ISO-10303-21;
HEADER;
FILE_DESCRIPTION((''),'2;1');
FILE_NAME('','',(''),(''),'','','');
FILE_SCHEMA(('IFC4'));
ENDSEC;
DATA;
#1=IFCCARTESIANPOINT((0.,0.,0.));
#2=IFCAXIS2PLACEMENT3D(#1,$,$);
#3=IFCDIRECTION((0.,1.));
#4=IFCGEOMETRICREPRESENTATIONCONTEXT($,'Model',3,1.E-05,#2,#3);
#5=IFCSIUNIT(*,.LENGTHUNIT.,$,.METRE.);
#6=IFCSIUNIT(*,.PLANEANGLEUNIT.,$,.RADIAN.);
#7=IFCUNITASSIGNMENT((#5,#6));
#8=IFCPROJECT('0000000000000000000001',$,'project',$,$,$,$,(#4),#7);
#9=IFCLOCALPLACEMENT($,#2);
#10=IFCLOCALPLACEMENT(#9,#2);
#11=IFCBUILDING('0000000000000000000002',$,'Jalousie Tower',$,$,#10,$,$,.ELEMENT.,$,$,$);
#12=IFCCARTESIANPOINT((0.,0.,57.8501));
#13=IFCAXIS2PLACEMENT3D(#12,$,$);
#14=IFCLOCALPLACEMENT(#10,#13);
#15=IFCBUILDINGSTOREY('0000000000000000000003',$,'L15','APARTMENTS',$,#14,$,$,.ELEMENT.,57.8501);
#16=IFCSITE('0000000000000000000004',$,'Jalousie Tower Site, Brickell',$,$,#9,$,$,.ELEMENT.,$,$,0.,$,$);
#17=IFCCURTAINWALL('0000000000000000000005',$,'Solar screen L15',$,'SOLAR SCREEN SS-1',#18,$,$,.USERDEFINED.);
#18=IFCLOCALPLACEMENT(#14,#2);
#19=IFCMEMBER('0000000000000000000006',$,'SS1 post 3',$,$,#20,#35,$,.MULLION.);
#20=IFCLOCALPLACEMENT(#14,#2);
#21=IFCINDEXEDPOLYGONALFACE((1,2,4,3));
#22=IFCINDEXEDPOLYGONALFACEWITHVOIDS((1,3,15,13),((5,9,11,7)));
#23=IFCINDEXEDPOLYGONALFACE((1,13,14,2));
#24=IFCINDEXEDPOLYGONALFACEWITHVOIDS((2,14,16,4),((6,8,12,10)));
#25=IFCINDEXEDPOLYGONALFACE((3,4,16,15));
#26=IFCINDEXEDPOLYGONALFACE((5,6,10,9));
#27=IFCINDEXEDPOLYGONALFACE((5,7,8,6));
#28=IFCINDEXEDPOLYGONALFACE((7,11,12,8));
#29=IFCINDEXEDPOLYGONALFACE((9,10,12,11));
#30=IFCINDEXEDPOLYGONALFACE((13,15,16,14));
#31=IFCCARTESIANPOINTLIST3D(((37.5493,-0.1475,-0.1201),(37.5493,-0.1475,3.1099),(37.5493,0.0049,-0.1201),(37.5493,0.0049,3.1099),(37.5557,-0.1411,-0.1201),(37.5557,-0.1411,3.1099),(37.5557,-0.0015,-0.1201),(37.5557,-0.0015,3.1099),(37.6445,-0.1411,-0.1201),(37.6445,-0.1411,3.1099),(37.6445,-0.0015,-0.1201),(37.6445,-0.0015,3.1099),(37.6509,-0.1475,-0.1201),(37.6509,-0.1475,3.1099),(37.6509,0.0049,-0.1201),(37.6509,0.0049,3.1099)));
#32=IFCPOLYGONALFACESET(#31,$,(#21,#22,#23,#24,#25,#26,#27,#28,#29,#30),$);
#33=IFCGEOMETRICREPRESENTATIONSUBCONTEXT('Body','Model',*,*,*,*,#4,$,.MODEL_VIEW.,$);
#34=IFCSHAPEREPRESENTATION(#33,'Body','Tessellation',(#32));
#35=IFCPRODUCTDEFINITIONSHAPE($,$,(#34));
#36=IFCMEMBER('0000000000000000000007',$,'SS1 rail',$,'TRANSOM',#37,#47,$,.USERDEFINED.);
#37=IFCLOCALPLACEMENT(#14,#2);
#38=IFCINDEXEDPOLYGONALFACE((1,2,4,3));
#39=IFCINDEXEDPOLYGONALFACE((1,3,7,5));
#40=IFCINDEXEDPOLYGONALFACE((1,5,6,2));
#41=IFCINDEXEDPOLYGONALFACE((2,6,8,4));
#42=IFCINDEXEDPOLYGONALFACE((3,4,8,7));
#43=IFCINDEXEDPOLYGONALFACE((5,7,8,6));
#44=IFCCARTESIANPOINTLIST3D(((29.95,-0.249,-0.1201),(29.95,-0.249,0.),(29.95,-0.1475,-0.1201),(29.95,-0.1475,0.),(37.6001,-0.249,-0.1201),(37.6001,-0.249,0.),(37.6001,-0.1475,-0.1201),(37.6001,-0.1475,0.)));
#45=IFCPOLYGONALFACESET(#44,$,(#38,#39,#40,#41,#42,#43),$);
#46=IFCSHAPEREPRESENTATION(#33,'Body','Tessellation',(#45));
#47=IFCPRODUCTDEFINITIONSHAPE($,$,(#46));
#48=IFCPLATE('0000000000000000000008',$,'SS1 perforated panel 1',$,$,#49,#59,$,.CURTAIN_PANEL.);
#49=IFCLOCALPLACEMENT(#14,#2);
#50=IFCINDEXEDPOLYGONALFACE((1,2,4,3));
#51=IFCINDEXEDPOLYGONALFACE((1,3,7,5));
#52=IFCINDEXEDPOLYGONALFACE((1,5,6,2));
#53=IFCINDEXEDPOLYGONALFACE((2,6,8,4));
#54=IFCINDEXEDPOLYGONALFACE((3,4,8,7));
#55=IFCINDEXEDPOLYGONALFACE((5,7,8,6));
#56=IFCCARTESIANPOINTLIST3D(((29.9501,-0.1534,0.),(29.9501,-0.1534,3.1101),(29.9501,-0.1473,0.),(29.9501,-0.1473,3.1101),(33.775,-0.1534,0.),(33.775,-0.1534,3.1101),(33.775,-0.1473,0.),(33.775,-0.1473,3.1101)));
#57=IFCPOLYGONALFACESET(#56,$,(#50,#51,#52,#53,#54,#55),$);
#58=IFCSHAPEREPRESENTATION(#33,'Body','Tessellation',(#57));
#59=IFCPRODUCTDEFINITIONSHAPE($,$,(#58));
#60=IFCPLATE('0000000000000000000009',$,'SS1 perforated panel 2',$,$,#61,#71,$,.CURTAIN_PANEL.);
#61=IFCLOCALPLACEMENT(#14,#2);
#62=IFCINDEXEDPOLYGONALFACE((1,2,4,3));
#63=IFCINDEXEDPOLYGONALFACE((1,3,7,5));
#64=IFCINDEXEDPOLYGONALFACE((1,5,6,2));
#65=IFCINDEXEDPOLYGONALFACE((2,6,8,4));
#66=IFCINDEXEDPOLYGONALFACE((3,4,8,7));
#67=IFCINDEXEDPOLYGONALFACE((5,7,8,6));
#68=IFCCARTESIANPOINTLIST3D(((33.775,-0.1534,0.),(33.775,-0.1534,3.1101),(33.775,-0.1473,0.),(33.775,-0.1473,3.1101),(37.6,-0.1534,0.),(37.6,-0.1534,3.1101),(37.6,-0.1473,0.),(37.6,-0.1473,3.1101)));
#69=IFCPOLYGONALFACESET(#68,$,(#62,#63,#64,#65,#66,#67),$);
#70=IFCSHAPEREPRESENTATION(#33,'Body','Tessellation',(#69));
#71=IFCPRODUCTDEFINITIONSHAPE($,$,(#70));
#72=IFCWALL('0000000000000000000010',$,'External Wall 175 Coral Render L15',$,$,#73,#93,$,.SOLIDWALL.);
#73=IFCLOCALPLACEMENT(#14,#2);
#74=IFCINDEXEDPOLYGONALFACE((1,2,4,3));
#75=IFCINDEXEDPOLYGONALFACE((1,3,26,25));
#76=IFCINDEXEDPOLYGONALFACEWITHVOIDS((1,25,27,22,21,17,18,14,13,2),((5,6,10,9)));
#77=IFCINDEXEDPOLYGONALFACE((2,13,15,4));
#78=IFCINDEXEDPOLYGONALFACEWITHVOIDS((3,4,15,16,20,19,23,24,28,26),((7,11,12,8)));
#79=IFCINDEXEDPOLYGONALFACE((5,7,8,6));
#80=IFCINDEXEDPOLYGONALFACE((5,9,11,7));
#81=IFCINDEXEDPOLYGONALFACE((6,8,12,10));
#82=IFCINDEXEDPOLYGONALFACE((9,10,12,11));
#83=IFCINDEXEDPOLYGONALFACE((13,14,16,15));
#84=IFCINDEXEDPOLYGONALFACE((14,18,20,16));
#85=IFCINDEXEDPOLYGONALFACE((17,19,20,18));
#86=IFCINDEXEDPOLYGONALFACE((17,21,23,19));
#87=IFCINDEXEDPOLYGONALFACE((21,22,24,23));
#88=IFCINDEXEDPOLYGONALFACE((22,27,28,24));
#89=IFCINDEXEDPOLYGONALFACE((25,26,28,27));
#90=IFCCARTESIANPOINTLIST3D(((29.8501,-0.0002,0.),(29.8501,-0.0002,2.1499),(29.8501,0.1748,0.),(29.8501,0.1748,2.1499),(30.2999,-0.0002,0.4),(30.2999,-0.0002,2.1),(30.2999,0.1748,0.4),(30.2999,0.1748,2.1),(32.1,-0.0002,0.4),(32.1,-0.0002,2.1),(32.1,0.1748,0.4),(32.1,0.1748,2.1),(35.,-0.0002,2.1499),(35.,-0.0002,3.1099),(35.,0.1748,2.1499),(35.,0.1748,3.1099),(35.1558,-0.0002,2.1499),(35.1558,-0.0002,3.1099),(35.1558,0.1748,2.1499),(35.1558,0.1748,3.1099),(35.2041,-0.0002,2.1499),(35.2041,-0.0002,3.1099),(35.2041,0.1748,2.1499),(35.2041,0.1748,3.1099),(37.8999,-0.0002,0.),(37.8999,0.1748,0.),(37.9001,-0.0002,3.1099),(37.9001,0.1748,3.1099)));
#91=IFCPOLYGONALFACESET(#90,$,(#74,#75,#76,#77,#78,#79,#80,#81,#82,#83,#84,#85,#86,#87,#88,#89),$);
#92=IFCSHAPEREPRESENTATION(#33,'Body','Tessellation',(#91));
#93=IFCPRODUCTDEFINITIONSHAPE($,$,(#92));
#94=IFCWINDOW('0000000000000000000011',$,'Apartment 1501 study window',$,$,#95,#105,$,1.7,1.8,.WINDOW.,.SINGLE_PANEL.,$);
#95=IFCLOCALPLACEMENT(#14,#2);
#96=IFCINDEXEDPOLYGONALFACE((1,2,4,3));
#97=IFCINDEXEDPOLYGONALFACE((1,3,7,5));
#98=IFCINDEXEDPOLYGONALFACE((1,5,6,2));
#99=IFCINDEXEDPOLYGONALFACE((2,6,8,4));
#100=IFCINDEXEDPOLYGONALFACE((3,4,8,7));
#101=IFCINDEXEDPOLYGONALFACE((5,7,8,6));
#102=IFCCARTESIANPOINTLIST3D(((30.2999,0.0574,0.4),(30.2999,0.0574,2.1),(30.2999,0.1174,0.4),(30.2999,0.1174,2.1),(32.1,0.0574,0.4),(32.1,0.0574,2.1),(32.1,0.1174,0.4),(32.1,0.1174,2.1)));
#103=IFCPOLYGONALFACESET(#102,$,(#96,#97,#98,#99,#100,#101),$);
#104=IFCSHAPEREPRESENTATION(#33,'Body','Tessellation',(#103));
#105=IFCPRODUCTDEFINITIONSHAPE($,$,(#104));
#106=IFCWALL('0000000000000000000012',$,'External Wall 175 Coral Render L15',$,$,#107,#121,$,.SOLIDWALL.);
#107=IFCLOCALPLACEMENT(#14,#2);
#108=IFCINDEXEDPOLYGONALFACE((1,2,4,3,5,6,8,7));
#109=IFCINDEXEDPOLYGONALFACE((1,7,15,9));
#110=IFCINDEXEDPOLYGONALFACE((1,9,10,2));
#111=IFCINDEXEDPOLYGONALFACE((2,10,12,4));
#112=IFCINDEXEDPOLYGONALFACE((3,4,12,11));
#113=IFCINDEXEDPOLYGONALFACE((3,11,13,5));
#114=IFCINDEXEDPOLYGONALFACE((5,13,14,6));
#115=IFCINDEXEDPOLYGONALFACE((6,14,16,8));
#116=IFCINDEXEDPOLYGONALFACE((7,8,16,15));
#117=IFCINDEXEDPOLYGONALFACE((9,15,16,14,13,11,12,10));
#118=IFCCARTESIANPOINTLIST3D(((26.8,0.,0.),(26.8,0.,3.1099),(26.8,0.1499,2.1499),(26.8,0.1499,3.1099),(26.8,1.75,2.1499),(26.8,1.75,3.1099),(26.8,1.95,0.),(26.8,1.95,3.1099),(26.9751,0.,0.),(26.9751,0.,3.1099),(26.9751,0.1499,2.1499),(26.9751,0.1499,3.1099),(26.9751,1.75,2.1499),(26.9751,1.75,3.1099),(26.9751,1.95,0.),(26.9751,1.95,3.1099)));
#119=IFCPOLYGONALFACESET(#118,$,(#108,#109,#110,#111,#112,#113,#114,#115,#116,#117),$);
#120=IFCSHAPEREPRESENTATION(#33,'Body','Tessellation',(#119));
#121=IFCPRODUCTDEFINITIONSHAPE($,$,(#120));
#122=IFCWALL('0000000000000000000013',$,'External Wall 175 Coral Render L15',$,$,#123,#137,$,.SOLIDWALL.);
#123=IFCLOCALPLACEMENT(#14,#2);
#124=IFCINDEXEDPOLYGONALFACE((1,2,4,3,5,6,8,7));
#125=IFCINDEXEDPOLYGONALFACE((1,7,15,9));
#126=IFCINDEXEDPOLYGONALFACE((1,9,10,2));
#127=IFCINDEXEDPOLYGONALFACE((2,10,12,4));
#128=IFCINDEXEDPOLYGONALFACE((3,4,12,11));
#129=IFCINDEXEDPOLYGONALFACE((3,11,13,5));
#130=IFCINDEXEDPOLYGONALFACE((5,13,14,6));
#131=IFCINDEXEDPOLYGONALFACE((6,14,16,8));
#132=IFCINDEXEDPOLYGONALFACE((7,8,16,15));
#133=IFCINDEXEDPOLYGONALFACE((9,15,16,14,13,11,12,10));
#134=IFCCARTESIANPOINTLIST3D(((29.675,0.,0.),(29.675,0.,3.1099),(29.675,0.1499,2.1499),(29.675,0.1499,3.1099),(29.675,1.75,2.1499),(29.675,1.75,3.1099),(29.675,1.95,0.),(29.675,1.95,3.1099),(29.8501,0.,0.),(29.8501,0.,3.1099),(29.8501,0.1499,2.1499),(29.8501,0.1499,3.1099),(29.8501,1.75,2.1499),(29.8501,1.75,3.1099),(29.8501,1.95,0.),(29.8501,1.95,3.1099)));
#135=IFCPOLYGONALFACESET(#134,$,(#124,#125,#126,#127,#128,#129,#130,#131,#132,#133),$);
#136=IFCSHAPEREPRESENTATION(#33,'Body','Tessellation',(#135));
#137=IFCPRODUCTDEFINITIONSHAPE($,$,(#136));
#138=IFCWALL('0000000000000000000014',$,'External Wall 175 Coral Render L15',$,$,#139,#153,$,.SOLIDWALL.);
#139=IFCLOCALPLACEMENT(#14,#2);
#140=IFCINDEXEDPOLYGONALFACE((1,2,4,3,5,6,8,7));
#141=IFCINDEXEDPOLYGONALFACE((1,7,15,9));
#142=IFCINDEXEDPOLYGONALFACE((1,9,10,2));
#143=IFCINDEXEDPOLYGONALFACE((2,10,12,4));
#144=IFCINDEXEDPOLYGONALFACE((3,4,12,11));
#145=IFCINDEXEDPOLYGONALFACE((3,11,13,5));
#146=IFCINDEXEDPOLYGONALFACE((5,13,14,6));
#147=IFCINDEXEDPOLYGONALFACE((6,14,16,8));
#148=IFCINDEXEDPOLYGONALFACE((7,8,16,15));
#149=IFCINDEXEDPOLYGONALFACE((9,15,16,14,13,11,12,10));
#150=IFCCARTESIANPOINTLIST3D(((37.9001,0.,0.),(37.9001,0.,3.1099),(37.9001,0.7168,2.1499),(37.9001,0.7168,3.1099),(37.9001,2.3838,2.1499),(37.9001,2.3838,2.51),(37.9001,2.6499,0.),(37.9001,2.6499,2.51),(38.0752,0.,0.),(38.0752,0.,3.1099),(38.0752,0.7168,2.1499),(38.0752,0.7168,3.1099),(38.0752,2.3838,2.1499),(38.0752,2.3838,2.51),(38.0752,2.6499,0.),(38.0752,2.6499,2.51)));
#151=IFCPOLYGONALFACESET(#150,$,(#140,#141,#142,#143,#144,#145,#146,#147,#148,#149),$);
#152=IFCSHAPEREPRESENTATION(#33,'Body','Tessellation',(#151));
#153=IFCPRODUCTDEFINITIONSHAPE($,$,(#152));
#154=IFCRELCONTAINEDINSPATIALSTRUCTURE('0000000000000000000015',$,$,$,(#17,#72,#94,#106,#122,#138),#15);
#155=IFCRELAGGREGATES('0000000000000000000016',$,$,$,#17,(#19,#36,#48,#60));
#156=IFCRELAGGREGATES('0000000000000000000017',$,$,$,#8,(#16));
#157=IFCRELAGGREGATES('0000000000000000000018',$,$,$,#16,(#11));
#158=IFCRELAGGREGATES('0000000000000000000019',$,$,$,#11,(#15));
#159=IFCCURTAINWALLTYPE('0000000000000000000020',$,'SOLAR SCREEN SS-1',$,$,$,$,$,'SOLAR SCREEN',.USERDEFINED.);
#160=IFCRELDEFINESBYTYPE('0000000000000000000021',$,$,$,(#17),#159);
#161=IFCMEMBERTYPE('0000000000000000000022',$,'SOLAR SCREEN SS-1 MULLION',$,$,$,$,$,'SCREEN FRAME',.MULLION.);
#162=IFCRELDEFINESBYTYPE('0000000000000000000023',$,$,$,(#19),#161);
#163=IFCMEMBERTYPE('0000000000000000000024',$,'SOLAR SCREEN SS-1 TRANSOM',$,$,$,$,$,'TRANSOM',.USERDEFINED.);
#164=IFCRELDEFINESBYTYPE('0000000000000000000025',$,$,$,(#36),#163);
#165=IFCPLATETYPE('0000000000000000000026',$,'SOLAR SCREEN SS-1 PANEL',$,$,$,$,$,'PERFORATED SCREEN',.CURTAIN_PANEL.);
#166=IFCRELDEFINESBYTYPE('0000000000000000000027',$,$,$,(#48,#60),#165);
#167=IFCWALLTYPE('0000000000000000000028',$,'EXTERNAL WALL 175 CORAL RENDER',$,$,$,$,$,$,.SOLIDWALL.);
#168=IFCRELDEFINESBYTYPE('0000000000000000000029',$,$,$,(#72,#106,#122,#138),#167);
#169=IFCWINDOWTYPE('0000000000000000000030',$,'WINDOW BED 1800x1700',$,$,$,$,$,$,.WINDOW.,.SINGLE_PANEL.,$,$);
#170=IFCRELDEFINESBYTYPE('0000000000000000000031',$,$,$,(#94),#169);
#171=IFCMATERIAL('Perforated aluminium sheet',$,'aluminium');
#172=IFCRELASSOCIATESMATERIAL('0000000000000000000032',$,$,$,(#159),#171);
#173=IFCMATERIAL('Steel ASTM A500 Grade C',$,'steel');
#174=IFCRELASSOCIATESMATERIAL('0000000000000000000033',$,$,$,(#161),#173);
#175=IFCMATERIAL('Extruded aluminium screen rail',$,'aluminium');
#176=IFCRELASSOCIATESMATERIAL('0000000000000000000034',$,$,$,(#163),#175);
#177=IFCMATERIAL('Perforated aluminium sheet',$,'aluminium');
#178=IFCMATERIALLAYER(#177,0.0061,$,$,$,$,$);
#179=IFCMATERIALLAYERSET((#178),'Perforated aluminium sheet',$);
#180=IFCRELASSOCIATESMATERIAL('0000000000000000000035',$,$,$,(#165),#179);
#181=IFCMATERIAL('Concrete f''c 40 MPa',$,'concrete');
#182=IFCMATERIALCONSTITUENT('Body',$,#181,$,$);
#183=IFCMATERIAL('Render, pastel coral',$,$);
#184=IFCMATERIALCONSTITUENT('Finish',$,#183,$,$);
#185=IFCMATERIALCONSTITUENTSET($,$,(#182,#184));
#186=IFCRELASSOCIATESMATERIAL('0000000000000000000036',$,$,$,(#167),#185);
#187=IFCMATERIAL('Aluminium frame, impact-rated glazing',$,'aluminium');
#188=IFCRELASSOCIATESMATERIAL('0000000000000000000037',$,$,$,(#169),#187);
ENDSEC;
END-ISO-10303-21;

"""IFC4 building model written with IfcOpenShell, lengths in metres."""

from ifc_helpers import new_model, si_unit, direction, frame, frame_2d, origin, origin_2d, place, context, subcontext, project, spatial, polyline, rectangle, hollow_rectangle, outline, extrude, material, layer, layer_set, constituent, constituent_set, material_profile, profile_set, type_object, element, fill, aggregate, save


model = new_model("IFC4")

# Units and contexts
model_context = context("Model", 3, precision=1e-05, world=origin(), true_north=direction((0.0, 1.0)))
body_context = subcontext(model_context, "Body", "Model", "MODEL_VIEW")
ifc_project = project(units=[si_unit("LENGTHUNIT", "METRE"), si_unit("PLANEANGLEUNIT", "RADIAN")], contexts=[model_context])

# Site, building, storey
site_placement = place(None, origin())
site = spatial("IfcSite", under=ifc_project, at=site_placement, Name="Jalousie Tower Site, Brickell", CompositionType="ELEMENT", RefElevation=0.0)
building_placement = place(site_placement, origin())
building = spatial("IfcBuilding", under=site, at=building_placement, Name="Jalousie Tower", CompositionType="ELEMENT")
storey_placement = place(building_placement, frame((0.0, 0.0, 57.8501)))
storey = spatial("IfcBuildingStorey", under=building, at=storey_placement, Name="L15", Description="APARTMENTS", CompositionType="ELEMENT", Elevation=57.8501)

# Shared definitions
ifc_material_1 = material(Name="Perforated aluminium sheet", Category="aluminium")
curtain_wall_type = type_object("IfcCurtainWallType", Name="SOLAR SCREEN SS-1", ElementType="SOLAR SCREEN", PredefinedType="USERDEFINED", material=ifc_material_1)
ifc_material_2 = material(Name="Steel ASTM A500 Grade C", Category="steel")
ifc_material_profile_1 = material_profile(ifc_material_2, hollow_rectangle(XDim=0.1016, YDim=0.1523, WallThickness=0.0063, at=origin_2d()), Name="HSS6X4X1/4")
ifc_profile_set_1 = profile_set([ifc_material_profile_1], Name="Steel ASTM A500 Grade C")
member_type_1 = type_object("IfcMemberType", Name="SOLAR SCREEN SS-1 MULLION", ElementType="SCREEN FRAME", PredefinedType="MULLION", material=ifc_profile_set_1)

# Curtain wall, members, plates
curtain_wall_1_placement = place(storey_placement, origin())
curtain_wall_1 = element("IfcCurtainWall", 1, at=curtain_wall_1_placement, inside=storey, type_object=curtain_wall_type, Name="Solar screen L15", ObjectType="SOLAR SCREEN SS-1", PredefinedType="USERDEFINED")
member_1_placement = place(storey_placement, frame((37.6001, -0.0713, -0.1201), z_axis=(0.0, 0.0, 1.0), x_axis=(1.0, 0.0, 0.0)))
member_1 = element("IfcMember", 2, at=member_1_placement, type_object=member_type_1, Name="SS1 post 3", PredefinedType="MULLION", context=body_context, shape_type="SweptSolid", body=[
    extrude(hollow_rectangle(XDim=0.1016, YDim=0.1523, WallThickness=0.0063, at=origin_2d()), origin(), (0.0, 0.0, 1.0), 3.23),
])
ifc_material_3 = material(Name="Extruded aluminium screen rail", Category="aluminium")
ifc_material_profile_2 = material_profile(ifc_material_3, rectangle(XDim=0.1016, YDim=0.1201, at=origin_2d()), Name="RAIL 102x120")
ifc_profile_set_2 = profile_set([ifc_material_profile_2], Name="Extruded aluminium screen rail")
member_type_2 = type_object("IfcMemberType", Name="SOLAR SCREEN SS-1 TRANSOM", ElementType="TRANSOM", PredefinedType="USERDEFINED", material=ifc_profile_set_2)
member_2_placement = place(storey_placement, frame((29.95, -0.1982, -0.0601), z_axis=(1.0, 0.0, 0.0), x_axis=(0.0, 1.0, 0.0)))
member_2 = element("IfcMember", 3, at=member_2_placement, type_object=member_type_2, Name="SS1 rail", ObjectType="TRANSOM", PredefinedType="USERDEFINED", context=body_context, shape_type="SweptSolid", body=[
    extrude(rectangle(XDim=0.1016, YDim=0.1201, at=origin_2d()), origin(), (0.0, 0.0, 1.0), 7.6501),
])
ifc_material_4 = material(Name="Perforated aluminium sheet", Category="aluminium")
ifc_layer_1 = layer(ifc_material_4, 0.0061)
ifc_layer_set_1 = layer_set([ifc_layer_1], Name="Perforated aluminium sheet")
plate_type = type_object("IfcPlateType", Name="SOLAR SCREEN SS-1 PANEL", ElementType="PERFORATED SCREEN", PredefinedType="CURTAIN_PANEL", material=ifc_layer_set_1)
plate_1_placement = place(storey_placement, frame((31.8625, -0.1504, 0.0), z_axis=(0.0, 0.0, 1.0), x_axis=(1.0, 0.0, 0.0)))
plate_1 = element("IfcPlate", 4, at=plate_1_placement, type_object=plate_type, Name="SS1 perforated panel 1", PredefinedType="CURTAIN_PANEL", context=body_context, shape_type="SweptSolid", body=[
    extrude(rectangle(XDim=3.825, YDim=0.0061, at=origin_2d()), origin(), (0.0, 0.0, 1.0), 3.1101),
])
plate_2_placement = place(storey_placement, frame((35.6875, -0.1504, 0.0), z_axis=(0.0, 0.0, 1.0), x_axis=(1.0, 0.0, 0.0)))
plate_2 = element("IfcPlate", 5, at=plate_2_placement, type_object=plate_type, Name="SS1 perforated panel 2", PredefinedType="CURTAIN_PANEL", context=body_context, shape_type="SweptSolid", body=[
    extrude(rectangle(XDim=3.825, YDim=0.0061, at=origin_2d()), origin(), (0.0, 0.0, 1.0), 3.1101),
])
aggregate(curtain_wall_1, [member_1, member_2, plate_1, plate_2])

# Wall, opening, window
ifc_material_5 = material(Name="Concrete f'c 40 MPa", Category="concrete")
ifc_constituent_1 = constituent(ifc_material_5, Name="Body")
ifc_material_6 = material(Name="Render, pastel coral")
ifc_constituent_2 = constituent(ifc_material_6, Name="Finish")
ifc_constituent_set_1 = constituent_set(constituents=[ifc_constituent_1, ifc_constituent_2])
wall_type_1 = type_object("IfcWallType", Name="EXTERNAL WALL 175 CORAL RENDER", PredefinedType="SOLIDWALL", material=ifc_constituent_set_1)
wall_1_placement = place(storey_placement, frame((29.8501, 0.0874, 0.0), z_axis=(0.0, 0.0, 1.0), x_axis=(1.0, 0.0, 0.0)))
wall_1 = element("IfcWall", 6, at=wall_1_placement, inside=storey, type_object=wall_type_1, Name="External Wall 175 Coral Render L15", PredefinedType="SOLIDWALL", context=body_context, shape_type="SweptSolid", body=[
    extrude(outline(polyline([(0.0, 0.0), (8.0498, 0.0), (8.05, 3.1099), (5.354, 3.1099), (5.354, 2.1499), (5.3057, 2.1499), (5.3057, 3.1099), (5.1499, 3.1099), (5.1499, 2.1499), (0.0, 2.1499), (0.0, 0.0)])), frame((0.0, 0.0874, 0.0), z_axis=(0.0, -1.0, 0.0), x_axis=(1.0, 0.0, 0.0)), (0.0, 0.0, 1.0), 0.175),
])
opening_1_placement = place(wall_1_placement, frame((0.45, 0.0, 0.3999)))
opening_1 = element("IfcOpeningElement", 7, at=opening_1_placement, cuts=wall_1, PredefinedType="OPENING", context=body_context, shape_type="SweptSolid", body=[
    extrude(rectangle(XDim=1.8, YDim=1.7, at=frame_2d((0.8999, 0.8501))), frame((0.0, 0.0974, 0.0), z_axis=(0.0, -1.0, 0.0), x_axis=(1.0, 0.0, 0.0)), (0.0, 0.0, 1.0), 0.1951),
])
ifc_material_7 = material(Name="Aluminium frame, impact-rated glazing", Category="aluminium")
window_type = type_object("IfcWindowType", Name="WINDOW BED 1800x1700", PartitioningType="SINGLE_PANEL", PredefinedType="WINDOW", material=ifc_material_7)
window_placement = place(opening_1_placement, origin())
window = element("IfcWindow", 8, at=window_placement, inside=storey, type_object=window_type, Name="Apartment 1501 study window", OverallHeight=1.7, OverallWidth=1.8, PartitioningType="SINGLE_PANEL", PredefinedType="WINDOW", context=body_context, shape_type="SweptSolid", body=[
    extrude(rectangle(XDim=1.8, YDim=1.7, at=frame_2d((0.8999, 0.8501))), frame((0.0, 0.03, 0.0), z_axis=(0.0, -1.0, 0.0), x_axis=(1.0, 0.0, 0.0)), (0.0, 0.0, 1.0), 0.0601),
])
fill(opening_1, window)

# Walls
for number, where, z_axis, x_axis, name in (
    (9, (26.8875, 0.0, 0.0), (0.0, 0.0, 1.0), (0.0, 1.0, 0.0), "External Wall 175 Coral Render L15"),
    (10, (29.7625, 0.0, 0.0), (0.0, 0.0, 1.0), (0.0, 1.0, 0.0), "External Wall 175 Coral Render L15"),
):
    element("IfcWall", number, at=place(storey_placement, frame(where, z_axis=z_axis, x_axis=x_axis)), inside=storey, type_object=wall_type_1, Name=name, PredefinedType="SOLIDWALL", context=body_context, shape_type="SweptSolid", body=[
        extrude(outline(polyline([(0.0, 0.0), (1.95, 0.0), (1.95, 3.1099), (1.75, 3.1099), (1.75, 2.1499), (0.1499, 2.1499), (0.1499, 3.1099), (0.0, 3.1099), (0.0, 0.0)])), frame((0.0, 0.0874, 0.0), z_axis=(0.0, -1.0, 0.0), x_axis=(1.0, 0.0, 0.0)), (0.0, 0.0, 1.0), 0.175),
    ])
wall_2_placement = place(storey_placement, frame((37.9875, 0.0, 0.0), z_axis=(0.0, 0.0, 1.0), x_axis=(0.0, 1.0, 0.0)))
element("IfcWall", 11, at=wall_2_placement, inside=storey, type_object=wall_type_1, Name="External Wall 175 Coral Render L15", PredefinedType="SOLIDWALL", context=body_context, shape_type="SweptSolid", body=[
    extrude(outline(polyline([(0.0, 0.0), (2.6499, 0.0), (2.6499, 2.51), (2.3838, 2.51), (2.3838, 2.1499), (0.7168, 2.1499), (0.7168, 3.1099), (0.0, 3.1099), (0.0, 0.0)])), frame((0.0, 0.0874, 0.0), z_axis=(0.0, -1.0, 0.0), x_axis=(1.0, 0.0, 0.0)), (0.0, 0.0, 1.0), 0.175),
])

save(model, "model.ifc")
